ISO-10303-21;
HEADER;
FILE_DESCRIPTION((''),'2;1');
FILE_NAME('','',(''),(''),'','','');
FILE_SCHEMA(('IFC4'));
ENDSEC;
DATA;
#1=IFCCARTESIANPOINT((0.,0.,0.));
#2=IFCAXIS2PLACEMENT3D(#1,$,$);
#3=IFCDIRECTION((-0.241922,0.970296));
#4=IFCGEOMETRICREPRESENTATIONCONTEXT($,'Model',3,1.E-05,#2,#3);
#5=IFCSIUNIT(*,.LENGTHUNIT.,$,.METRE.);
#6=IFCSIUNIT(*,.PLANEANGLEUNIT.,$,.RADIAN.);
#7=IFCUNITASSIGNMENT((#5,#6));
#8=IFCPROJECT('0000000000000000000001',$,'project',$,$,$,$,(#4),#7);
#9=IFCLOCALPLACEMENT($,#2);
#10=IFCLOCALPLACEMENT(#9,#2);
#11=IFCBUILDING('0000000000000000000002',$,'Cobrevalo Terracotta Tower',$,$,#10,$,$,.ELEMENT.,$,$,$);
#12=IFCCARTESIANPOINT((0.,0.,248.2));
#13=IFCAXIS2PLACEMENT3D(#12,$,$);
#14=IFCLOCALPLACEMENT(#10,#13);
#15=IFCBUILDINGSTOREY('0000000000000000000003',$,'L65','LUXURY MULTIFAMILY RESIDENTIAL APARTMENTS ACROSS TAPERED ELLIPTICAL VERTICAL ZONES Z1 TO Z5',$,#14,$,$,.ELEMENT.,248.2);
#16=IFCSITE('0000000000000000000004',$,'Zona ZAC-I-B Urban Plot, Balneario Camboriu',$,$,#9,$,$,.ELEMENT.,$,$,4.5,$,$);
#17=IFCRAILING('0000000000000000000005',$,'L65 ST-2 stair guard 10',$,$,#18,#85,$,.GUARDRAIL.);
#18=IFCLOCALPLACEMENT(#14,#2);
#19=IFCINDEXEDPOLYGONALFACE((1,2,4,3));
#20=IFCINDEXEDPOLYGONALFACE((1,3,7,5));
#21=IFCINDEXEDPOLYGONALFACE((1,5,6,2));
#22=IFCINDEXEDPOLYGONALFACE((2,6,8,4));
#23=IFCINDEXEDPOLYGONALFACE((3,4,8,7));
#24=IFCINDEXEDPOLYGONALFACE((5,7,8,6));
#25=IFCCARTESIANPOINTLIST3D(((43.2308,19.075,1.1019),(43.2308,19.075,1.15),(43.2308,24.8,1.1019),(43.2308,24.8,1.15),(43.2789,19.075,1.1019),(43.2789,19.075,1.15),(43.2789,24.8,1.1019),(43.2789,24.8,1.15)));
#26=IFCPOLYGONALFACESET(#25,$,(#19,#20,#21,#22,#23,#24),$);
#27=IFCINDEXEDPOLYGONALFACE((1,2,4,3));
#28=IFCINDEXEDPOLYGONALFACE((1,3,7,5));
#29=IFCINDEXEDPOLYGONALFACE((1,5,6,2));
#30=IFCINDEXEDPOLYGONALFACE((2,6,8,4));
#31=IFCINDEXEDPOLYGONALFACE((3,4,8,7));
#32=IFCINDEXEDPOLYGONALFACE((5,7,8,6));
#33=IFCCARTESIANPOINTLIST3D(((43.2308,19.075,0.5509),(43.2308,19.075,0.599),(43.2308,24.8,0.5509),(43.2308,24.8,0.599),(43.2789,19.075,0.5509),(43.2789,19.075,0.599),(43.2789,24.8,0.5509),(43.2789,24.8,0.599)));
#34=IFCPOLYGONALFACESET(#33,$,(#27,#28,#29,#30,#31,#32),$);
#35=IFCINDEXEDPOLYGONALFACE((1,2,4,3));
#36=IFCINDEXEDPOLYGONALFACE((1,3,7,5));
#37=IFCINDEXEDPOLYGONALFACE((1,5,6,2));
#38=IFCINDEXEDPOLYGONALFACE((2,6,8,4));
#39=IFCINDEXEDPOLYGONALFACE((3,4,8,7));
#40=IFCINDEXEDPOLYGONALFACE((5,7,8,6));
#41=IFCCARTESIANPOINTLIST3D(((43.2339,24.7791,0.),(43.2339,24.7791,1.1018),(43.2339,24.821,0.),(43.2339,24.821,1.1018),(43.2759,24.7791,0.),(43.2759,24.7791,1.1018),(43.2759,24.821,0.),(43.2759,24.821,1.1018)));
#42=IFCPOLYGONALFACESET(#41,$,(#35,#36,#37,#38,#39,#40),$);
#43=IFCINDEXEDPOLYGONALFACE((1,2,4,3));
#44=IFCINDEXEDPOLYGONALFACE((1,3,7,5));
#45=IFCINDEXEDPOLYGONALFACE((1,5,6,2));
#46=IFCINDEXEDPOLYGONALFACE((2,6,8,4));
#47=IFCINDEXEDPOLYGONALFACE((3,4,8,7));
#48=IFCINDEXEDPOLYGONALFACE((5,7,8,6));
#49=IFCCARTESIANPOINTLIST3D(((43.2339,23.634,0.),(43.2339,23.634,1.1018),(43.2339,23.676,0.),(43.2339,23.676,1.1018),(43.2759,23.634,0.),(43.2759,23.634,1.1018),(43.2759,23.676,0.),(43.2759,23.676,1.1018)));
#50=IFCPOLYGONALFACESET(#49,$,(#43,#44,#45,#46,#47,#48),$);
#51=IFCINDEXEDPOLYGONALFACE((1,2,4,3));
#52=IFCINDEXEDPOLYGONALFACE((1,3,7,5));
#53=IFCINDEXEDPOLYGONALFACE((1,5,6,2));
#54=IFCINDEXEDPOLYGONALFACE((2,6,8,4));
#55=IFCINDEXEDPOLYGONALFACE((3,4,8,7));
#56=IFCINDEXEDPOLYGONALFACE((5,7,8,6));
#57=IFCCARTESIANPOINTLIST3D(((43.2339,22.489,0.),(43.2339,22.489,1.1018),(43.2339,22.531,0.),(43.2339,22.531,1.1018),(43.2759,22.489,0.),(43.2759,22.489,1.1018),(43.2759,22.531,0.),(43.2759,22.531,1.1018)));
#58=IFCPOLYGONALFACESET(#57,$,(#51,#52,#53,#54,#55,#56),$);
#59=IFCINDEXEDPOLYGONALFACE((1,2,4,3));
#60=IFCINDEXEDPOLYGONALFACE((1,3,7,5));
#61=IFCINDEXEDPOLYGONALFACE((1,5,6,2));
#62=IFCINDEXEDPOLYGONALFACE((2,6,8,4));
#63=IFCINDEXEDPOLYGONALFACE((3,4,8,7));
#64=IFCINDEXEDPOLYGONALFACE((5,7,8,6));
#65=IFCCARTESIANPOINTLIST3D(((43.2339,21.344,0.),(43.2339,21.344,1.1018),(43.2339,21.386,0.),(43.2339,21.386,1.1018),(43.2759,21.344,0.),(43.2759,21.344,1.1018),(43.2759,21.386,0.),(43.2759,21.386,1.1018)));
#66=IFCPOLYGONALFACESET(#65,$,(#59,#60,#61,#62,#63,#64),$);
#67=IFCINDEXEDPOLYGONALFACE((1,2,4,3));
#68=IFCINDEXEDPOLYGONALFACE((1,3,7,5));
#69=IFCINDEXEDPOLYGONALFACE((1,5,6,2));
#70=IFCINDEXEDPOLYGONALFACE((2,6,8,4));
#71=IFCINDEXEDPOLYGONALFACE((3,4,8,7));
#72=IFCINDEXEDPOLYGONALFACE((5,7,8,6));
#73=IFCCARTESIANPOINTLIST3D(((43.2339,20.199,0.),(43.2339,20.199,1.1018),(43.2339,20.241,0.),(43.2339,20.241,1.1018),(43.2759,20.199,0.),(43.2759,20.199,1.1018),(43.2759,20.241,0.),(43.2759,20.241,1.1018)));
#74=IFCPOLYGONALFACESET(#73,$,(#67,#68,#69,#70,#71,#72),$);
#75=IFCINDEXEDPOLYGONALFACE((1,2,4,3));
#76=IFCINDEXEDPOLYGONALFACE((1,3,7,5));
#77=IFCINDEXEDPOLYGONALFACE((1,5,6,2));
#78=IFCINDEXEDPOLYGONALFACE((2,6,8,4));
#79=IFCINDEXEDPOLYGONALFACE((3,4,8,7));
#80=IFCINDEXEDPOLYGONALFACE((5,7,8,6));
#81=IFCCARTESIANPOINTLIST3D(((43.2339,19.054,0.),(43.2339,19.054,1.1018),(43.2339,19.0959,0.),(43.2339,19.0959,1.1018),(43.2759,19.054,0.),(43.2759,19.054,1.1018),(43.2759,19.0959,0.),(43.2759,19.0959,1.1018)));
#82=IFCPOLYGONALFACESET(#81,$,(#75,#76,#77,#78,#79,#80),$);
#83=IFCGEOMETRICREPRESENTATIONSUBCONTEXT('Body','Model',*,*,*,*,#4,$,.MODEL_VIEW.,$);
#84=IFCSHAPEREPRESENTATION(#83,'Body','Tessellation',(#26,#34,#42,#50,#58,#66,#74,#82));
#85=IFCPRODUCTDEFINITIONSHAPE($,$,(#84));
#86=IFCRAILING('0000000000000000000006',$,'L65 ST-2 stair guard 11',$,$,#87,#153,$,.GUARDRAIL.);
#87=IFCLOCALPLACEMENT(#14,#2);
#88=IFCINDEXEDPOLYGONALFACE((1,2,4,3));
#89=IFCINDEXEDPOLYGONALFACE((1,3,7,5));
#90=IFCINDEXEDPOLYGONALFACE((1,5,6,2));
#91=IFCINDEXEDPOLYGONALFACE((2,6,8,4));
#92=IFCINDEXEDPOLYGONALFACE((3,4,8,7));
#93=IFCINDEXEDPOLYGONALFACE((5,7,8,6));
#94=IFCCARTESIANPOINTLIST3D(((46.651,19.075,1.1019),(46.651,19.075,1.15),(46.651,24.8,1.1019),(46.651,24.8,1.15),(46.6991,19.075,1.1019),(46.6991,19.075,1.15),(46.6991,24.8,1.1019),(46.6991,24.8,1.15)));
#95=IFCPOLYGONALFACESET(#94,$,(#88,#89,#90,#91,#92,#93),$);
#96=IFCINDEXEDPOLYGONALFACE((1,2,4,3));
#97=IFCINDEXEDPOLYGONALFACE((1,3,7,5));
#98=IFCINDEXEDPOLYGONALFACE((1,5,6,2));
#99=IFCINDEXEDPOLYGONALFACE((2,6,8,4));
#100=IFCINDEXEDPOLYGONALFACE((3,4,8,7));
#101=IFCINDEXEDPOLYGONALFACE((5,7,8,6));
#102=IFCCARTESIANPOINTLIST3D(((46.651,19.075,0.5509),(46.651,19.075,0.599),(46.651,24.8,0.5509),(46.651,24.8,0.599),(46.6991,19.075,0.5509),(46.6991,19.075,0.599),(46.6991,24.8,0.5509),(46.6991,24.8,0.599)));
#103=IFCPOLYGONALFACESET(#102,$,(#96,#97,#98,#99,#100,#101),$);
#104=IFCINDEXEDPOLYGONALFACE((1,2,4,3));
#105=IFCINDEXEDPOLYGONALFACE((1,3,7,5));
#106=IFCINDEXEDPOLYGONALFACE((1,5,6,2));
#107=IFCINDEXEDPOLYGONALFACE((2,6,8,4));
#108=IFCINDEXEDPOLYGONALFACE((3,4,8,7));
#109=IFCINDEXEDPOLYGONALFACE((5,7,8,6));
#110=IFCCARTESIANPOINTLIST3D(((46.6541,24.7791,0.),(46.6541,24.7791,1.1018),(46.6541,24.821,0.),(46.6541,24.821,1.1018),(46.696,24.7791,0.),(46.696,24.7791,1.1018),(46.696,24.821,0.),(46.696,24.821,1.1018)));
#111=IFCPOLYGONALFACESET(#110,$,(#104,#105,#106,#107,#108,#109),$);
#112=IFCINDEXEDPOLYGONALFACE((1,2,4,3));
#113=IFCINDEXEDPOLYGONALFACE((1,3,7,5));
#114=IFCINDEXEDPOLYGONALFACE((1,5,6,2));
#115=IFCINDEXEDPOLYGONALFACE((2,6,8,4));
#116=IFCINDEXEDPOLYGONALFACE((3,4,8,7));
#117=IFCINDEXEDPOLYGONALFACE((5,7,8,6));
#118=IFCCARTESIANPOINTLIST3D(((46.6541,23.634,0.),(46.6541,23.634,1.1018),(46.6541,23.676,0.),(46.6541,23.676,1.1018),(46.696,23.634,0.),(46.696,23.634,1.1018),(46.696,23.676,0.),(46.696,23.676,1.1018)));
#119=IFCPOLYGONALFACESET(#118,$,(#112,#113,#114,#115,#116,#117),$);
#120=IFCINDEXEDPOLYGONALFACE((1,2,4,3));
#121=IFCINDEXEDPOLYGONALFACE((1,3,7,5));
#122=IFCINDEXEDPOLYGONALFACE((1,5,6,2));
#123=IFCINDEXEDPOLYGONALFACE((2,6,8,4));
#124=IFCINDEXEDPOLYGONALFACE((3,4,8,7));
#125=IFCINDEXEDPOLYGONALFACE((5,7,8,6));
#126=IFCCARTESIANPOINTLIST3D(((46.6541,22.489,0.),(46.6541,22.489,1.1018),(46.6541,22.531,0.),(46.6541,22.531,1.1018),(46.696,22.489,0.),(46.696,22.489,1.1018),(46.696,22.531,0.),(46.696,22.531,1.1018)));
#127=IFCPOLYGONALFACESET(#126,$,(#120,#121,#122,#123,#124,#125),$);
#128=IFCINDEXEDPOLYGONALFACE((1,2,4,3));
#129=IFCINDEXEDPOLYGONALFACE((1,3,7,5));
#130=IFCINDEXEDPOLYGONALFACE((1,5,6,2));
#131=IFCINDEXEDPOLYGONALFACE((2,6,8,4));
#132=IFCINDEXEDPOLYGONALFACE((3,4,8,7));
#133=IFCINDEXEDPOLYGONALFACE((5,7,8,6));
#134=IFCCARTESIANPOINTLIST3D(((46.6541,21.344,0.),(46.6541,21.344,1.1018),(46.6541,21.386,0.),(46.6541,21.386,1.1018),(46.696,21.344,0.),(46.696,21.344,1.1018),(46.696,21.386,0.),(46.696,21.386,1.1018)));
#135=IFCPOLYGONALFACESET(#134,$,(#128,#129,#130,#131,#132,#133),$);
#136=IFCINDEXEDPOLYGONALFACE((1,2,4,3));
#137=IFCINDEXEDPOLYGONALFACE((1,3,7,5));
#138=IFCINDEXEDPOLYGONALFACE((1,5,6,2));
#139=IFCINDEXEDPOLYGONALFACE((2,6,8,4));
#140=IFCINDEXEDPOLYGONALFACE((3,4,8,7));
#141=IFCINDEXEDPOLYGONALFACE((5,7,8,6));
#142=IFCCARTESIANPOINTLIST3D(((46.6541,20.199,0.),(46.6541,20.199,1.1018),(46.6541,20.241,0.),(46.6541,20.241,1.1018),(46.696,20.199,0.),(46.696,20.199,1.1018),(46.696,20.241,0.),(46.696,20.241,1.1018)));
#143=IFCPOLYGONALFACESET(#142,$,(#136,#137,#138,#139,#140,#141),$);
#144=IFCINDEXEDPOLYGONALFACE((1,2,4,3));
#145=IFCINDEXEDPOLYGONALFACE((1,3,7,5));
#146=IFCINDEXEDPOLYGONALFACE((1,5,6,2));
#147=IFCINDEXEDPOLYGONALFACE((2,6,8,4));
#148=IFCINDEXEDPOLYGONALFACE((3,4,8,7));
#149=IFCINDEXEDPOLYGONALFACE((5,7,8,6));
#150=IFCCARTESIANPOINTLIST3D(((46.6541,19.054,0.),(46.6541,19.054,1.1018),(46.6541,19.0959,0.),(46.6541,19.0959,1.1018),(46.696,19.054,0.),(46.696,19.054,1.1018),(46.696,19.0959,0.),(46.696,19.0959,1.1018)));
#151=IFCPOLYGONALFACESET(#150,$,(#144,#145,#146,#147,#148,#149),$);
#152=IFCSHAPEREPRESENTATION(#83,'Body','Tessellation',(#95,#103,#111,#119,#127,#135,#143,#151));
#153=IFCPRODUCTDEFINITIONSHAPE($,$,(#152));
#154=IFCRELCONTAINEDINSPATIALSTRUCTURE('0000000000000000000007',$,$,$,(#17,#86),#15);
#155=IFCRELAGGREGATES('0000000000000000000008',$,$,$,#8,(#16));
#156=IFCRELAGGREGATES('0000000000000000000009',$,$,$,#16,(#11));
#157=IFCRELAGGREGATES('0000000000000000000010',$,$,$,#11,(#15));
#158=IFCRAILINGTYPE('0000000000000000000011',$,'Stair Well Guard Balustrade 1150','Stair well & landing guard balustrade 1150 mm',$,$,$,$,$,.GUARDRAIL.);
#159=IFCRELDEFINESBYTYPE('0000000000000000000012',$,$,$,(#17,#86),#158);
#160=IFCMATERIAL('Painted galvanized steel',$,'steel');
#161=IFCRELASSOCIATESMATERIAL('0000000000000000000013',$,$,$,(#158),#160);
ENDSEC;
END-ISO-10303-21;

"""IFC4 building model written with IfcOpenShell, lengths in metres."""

from ifc_helpers import new_model, si_unit, direction, frame, origin, origin_2d, place, context, subcontext, project, spatial, rectangle, extrude, material, type_object, element, save


model = new_model("IFC4")

# Units and contexts
model_context = context("Model", 3, precision=1e-05, world=origin(), true_north=direction((-0.241922, 0.970296)))
body_context = subcontext(model_context, "Body", "Model", "MODEL_VIEW")
ifc_project = project(units=[si_unit("LENGTHUNIT", "METRE"), si_unit("PLANEANGLEUNIT", "RADIAN")], contexts=[model_context])

# Site, building, storey
site_placement = place(None, origin())
site = spatial("IfcSite", under=ifc_project, at=site_placement, Name="Zona ZAC-I-B Urban Plot, Balneario Camboriu", CompositionType="ELEMENT", RefElevation=4.5)
building_placement = place(site_placement, origin())
building = spatial("IfcBuilding", under=site, at=building_placement, Name="Cobrevalo Terracotta Tower", CompositionType="ELEMENT")
storey_placement = place(building_placement, frame((0.0, 0.0, 248.2)))
storey = spatial("IfcBuildingStorey", under=building, at=storey_placement, Name="L65", Description="LUXURY MULTIFAMILY RESIDENTIAL APARTMENTS ACROSS TAPERED ELLIPTICAL VERTICAL ZONES Z1 TO Z5", CompositionType="ELEMENT", Elevation=248.2)

# Railings
ifc_material_1 = material(Name="Painted galvanized steel", Category="steel")
railing_type = type_object("IfcRailingType", Name="Stair Well Guard Balustrade 1150", Description="Stair well & landing guard balustrade 1150 mm", PredefinedType="GUARDRAIL", material=ifc_material_1)
for number, where, name in (
    (1, (43.2549, 24.8, 0.0), "L65 ST-2 stair guard 10"),
    (2, (46.675, 24.8, 0.0), "L65 ST-2 stair guard 11"),
):
    element("IfcRailing", number, at=place(storey_placement, frame(where)), inside=storey, type_object=railing_type, Name=name, PredefinedType="GUARDRAIL", context=body_context, shape_type="SweptSolid", body=[
        extrude(rectangle(XDim=0.0481, YDim=0.0481, at=origin_2d()), frame((0.0, 0.0, 1.126), z_axis=(0.0, -1.0, 0.0), x_axis=(1.0, 0.0, 0.0)), (0.0, 0.0, 1.0), 5.7251),
        extrude(rectangle(XDim=0.0481, YDim=0.0481, at=origin_2d()), frame((0.0, 0.0, 0.575), z_axis=(0.0, -1.0, 0.0), x_axis=(1.0, 0.0, 0.0)), (0.0, 0.0, 1.0), 5.7251),
        extrude(rectangle(XDim=0.042, YDim=0.042, at=origin_2d()), origin(), (0.0, 0.0, 1.0), 1.1018),
        extrude(rectangle(XDim=0.042, YDim=0.042, at=origin_2d()), frame((0.0, -1.145, 0.0)), (0.0, 0.0, 1.0), 1.1018),
        extrude(rectangle(XDim=0.042, YDim=0.042, at=origin_2d()), frame((0.0, -2.29, 0.0)), (0.0, 0.0, 1.0), 1.1018),
        extrude(rectangle(XDim=0.042, YDim=0.042, at=origin_2d()), frame((0.0, -3.4351, 0.0)), (0.0, 0.0, 1.0), 1.1018),
        extrude(rectangle(XDim=0.042, YDim=0.042, at=origin_2d()), frame((0.0, -4.5801, 0.0)), (0.0, 0.0, 1.0), 1.1018),
        extrude(rectangle(XDim=0.042, YDim=0.042, at=origin_2d()), frame((0.0, -5.7251, 0.0)), (0.0, 0.0, 1.0), 1.1018),
    ])

save(model, "model.ifc")
